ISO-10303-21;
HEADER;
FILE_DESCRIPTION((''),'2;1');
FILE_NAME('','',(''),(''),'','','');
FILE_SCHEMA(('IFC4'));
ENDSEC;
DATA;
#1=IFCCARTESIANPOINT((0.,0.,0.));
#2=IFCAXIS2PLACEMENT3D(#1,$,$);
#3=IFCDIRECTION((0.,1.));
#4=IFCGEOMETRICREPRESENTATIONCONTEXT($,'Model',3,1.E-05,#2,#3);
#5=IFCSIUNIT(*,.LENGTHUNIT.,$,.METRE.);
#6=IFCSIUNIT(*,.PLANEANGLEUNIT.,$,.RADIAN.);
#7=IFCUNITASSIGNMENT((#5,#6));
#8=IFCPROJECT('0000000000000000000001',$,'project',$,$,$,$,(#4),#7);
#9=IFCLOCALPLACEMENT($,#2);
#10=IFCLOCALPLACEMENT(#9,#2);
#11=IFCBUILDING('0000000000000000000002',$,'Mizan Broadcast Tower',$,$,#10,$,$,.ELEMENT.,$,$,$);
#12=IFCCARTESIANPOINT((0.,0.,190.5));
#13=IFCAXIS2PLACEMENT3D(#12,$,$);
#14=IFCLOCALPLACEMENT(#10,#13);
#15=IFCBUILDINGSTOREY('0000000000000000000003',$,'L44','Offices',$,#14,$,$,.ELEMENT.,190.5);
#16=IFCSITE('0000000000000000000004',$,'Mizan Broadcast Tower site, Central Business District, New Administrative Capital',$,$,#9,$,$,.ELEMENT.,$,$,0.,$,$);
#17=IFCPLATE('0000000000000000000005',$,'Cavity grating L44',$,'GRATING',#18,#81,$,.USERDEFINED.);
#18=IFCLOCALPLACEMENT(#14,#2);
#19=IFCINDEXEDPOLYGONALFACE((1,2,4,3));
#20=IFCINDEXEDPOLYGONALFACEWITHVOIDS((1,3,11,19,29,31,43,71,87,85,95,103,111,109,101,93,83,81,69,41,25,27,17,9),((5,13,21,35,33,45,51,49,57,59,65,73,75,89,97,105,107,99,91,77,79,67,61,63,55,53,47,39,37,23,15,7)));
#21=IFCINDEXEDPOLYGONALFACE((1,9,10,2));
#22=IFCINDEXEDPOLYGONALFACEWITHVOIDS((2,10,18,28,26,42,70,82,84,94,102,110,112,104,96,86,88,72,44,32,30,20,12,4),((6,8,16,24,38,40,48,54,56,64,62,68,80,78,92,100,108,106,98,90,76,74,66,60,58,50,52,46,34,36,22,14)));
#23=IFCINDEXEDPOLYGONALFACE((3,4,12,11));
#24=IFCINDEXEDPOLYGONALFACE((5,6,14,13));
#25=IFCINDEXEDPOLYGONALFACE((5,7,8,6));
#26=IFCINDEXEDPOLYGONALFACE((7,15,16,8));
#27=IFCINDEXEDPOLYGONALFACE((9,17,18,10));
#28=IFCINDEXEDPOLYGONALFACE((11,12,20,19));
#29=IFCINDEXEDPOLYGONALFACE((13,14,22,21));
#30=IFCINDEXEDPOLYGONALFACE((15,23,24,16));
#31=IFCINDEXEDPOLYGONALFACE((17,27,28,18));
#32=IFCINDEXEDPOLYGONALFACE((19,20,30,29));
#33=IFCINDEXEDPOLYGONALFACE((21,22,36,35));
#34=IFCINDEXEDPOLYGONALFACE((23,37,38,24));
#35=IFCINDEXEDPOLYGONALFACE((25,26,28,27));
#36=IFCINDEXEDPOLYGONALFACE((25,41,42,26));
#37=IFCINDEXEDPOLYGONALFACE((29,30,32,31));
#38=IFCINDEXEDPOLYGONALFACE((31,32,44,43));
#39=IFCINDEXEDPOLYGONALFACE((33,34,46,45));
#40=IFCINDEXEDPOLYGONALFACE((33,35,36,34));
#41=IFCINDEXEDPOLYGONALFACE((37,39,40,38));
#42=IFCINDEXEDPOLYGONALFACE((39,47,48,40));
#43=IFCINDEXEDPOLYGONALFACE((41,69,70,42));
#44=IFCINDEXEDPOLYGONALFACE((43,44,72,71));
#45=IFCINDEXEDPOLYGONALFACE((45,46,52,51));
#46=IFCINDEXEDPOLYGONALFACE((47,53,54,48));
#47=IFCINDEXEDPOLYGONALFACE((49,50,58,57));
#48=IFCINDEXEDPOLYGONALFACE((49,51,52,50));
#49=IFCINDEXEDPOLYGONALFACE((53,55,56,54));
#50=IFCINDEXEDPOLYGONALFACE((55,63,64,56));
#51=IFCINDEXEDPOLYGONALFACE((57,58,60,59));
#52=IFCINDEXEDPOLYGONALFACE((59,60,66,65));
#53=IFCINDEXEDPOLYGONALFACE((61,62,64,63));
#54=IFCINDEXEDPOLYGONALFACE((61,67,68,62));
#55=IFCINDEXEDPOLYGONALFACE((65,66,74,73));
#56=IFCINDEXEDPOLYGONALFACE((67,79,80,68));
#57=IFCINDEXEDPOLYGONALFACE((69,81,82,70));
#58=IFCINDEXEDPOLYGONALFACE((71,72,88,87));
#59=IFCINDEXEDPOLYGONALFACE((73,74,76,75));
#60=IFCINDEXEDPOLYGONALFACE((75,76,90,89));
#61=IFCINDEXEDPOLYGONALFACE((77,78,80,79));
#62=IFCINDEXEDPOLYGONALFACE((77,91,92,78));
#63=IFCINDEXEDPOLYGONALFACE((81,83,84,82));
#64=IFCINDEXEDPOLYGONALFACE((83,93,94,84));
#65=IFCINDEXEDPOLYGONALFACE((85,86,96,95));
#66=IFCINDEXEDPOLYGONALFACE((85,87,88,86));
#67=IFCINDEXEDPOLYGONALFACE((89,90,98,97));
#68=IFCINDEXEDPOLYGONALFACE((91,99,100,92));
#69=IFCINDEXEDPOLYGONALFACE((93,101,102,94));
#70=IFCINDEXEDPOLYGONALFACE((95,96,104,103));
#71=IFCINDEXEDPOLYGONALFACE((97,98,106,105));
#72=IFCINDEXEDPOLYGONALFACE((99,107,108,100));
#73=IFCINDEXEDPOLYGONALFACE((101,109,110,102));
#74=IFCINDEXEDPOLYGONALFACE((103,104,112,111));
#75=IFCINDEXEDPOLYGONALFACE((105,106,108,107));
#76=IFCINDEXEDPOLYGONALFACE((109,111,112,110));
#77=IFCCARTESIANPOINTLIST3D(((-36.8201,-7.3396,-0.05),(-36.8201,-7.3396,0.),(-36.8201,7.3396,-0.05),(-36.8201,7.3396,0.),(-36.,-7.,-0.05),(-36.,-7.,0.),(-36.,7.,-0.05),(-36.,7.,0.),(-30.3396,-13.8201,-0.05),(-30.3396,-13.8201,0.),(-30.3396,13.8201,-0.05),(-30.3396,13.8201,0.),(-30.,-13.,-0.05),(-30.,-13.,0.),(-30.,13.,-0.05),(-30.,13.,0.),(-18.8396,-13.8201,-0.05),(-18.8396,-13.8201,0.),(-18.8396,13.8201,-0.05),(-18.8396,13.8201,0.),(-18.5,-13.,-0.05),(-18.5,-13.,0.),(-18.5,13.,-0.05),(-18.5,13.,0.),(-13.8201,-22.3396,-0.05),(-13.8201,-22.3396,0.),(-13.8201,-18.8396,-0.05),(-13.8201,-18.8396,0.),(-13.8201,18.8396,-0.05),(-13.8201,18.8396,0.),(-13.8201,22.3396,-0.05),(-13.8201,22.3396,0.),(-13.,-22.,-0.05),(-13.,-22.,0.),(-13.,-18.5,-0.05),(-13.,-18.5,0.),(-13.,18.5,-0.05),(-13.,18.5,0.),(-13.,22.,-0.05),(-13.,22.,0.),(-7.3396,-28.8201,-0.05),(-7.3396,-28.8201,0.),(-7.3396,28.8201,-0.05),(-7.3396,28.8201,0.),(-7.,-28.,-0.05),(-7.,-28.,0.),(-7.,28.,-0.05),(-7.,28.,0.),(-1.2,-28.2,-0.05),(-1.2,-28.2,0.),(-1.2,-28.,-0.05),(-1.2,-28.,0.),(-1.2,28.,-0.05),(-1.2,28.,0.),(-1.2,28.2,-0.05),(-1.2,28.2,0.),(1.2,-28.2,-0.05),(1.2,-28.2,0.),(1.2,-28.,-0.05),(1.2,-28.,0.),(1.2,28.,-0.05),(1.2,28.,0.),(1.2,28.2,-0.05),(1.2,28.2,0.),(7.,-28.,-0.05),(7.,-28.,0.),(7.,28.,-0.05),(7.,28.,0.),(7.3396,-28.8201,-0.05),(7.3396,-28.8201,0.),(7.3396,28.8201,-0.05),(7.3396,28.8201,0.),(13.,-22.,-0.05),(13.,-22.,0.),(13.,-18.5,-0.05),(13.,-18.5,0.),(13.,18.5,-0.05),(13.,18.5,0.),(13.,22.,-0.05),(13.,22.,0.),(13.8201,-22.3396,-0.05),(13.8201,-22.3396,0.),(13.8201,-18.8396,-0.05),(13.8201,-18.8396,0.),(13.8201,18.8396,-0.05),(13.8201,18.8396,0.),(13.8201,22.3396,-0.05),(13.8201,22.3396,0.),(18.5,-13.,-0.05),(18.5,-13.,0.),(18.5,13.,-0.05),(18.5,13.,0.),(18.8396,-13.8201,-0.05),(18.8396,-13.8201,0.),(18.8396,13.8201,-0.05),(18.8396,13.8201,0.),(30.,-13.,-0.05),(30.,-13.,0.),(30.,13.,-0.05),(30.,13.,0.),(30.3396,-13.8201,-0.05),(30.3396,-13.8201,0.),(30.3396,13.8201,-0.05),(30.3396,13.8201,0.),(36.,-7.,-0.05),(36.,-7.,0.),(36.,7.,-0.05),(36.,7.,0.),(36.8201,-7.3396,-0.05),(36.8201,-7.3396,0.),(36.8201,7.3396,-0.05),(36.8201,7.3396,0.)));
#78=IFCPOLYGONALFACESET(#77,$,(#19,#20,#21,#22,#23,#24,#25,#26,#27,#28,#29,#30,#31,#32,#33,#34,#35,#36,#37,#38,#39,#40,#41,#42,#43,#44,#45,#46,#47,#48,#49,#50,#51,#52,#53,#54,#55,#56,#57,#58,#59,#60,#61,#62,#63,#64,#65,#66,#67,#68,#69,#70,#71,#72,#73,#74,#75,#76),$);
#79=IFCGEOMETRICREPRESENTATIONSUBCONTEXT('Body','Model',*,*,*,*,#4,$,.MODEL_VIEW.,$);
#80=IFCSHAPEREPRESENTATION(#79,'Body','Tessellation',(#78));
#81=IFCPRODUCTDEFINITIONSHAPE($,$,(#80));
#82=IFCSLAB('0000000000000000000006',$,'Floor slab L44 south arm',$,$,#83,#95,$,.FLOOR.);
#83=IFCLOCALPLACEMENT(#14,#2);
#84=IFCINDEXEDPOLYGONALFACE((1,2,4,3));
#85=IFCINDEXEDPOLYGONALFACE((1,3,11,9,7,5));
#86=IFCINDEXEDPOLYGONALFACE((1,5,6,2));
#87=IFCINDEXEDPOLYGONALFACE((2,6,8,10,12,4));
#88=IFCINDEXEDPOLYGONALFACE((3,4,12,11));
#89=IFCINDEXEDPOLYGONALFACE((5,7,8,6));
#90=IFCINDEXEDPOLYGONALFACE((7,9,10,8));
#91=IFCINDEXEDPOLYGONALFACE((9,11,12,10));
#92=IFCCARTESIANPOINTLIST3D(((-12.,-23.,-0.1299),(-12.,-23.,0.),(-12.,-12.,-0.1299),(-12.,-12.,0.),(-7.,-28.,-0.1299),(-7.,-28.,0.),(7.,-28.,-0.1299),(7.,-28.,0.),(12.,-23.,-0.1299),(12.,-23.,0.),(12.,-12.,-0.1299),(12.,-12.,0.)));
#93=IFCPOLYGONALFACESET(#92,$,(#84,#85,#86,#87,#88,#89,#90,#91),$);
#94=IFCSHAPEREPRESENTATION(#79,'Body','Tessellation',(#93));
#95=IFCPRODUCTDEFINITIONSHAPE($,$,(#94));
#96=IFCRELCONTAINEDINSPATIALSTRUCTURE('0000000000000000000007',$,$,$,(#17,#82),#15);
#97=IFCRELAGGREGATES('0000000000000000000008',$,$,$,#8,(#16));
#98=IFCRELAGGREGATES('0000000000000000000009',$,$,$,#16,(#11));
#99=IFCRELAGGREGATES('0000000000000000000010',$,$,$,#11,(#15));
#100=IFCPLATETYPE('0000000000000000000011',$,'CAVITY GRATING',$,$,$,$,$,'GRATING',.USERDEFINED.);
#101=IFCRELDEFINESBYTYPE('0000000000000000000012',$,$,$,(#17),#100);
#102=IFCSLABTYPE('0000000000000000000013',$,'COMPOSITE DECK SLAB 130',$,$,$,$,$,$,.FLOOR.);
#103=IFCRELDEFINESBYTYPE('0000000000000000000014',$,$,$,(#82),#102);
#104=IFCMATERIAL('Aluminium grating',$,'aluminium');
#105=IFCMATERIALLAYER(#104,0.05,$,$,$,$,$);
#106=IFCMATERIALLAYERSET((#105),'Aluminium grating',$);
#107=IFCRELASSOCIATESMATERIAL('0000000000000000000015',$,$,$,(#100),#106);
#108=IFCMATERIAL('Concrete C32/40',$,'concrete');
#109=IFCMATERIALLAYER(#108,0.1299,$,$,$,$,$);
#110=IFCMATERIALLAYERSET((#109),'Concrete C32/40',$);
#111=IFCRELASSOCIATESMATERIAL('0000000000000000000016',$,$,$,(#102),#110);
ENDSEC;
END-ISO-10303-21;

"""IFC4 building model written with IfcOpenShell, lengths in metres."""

from ifc_helpers import new_model, si_unit, direction, frame, origin, place, context, subcontext, project, spatial, polyline, outline, extrude, material, layer, layer_set, type_object, element, save


model = new_model("IFC4")

# Units and contexts
model_context = context("Model", 3, precision=1e-05, world=origin(), true_north=direction((0.0, 1.0)))
body_context = subcontext(model_context, "Body", "Model", "MODEL_VIEW")
ifc_project = project(units=[si_unit("LENGTHUNIT", "METRE"), si_unit("PLANEANGLEUNIT", "RADIAN")], contexts=[model_context])

# Site, building, storey
site_placement = place(None, origin())
site = spatial("IfcSite", under=ifc_project, at=site_placement, Name="Mizan Broadcast Tower site, Central Business District, New Administrative Capital", CompositionType="ELEMENT", RefElevation=0.0)
building_placement = place(site_placement, origin())
building = spatial("IfcBuilding", under=site, at=building_placement, Name="Mizan Broadcast Tower", CompositionType="ELEMENT")
storey_placement = place(building_placement, frame((0.0, 0.0, 190.5)))
storey = spatial("IfcBuildingStorey", under=building, at=storey_placement, Name="L44", Description="Offices", CompositionType="ELEMENT", Elevation=190.5)

# Plate
ifc_material_1 = material(Name="Aluminium grating", Category="aluminium")
ifc_layer_1 = layer(ifc_material_1, 0.05)
ifc_layer_set_1 = layer_set([ifc_layer_1], Name="Aluminium grating")
plate_type = type_object("IfcPlateType", Name="CAVITY GRATING", ElementType="GRATING", PredefinedType="USERDEFINED", material=ifc_layer_set_1)
plate_placement = place(storey_placement, frame((0.0, 0.0, -0.05)))
element("IfcPlate", 1, at=plate_placement, inside=storey, type_object=plate_type, Name="Cavity grating L44", ObjectType="GRATING", PredefinedType="USERDEFINED", context=body_context, shape_type="SweptSolid", body=[
    extrude(outline(polyline([(13.8201, -18.8396), (18.8396, -13.8201), (30.3396, -13.8201), (36.8201, -7.3396), (36.8201, 7.3396), (30.3396, 13.8201), (18.8396, 13.8201), (13.8201, 18.8396), (13.8201, 22.3396), (7.3396, 28.8201), (-7.3396, 28.8201), (-13.8201, 22.3396), (-13.8201, 18.8396), (-18.8396, 13.8201), (-30.3396, 13.8201), (-36.8201, 7.3396), (-36.8201, -7.3396), (-30.3396, -13.8201), (-18.8396, -13.8201), (-13.8201, -18.8396), (-13.8201, -22.3396), (-7.3396, -28.8201), (7.3396, -28.8201), (13.8201, -22.3396), (13.8201, -18.8396)]), holes=[polyline([(36.0, 7.0), (36.0, -7.0), (30.0, -13.0), (18.5, -13.0), (13.0, -18.5), (13.0, -22.0), (7.0, -28.0), (1.2, -28.0), (1.2, -28.2), (-1.2, -28.2), (-1.2, -28.0), (-7.0, -28.0), (-13.0, -22.0), (-13.0, -18.5), (-18.5, -13.0), (-30.0, -13.0), (-36.0, -7.0), (-36.0, 7.0), (-30.0, 13.0), (-18.5, 13.0), (-13.0, 18.5), (-13.0, 22.0), (-7.0, 28.0), (-1.2, 28.0), (-1.2, 28.2), (1.2, 28.2), (1.2, 28.0), (7.0, 28.0), (13.0, 22.0), (13.0, 18.5), (18.5, 13.0), (30.0, 13.0), (36.0, 7.0)])]), origin(), (0.0, 0.0, 1.0), 0.05),
])

# Slab
ifc_material_2 = material(Name="Concrete C32/40", Category="concrete")
ifc_layer_2 = layer(ifc_material_2, 0.1299)
ifc_layer_set_2 = layer_set([ifc_layer_2], Name="Concrete C32/40")
slab_type_1 = type_object("IfcSlabType", Name="COMPOSITE DECK SLAB 130", PredefinedType="FLOOR", material=ifc_layer_set_2)
slab_1_placement = place(storey_placement, frame((0.0, 0.0, -0.1299)))
element("IfcSlab", 2, at=slab_1_placement, inside=storey, type_object=slab_type_1, Name="Floor slab L44 south arm", PredefinedType="FLOOR", context=body_context, shape_type="SweptSolid", body=[
    extrude(outline(polyline([(7.0, -28.0), (12.0, -23.0), (12.0, -12.0), (-12.0, -12.0), (-12.0, -23.0), (-7.0, -28.0), (7.0, -28.0)])), origin(), (0.0, 0.0, 1.0), 0.1299),
])

save(model, "model.ifc")
